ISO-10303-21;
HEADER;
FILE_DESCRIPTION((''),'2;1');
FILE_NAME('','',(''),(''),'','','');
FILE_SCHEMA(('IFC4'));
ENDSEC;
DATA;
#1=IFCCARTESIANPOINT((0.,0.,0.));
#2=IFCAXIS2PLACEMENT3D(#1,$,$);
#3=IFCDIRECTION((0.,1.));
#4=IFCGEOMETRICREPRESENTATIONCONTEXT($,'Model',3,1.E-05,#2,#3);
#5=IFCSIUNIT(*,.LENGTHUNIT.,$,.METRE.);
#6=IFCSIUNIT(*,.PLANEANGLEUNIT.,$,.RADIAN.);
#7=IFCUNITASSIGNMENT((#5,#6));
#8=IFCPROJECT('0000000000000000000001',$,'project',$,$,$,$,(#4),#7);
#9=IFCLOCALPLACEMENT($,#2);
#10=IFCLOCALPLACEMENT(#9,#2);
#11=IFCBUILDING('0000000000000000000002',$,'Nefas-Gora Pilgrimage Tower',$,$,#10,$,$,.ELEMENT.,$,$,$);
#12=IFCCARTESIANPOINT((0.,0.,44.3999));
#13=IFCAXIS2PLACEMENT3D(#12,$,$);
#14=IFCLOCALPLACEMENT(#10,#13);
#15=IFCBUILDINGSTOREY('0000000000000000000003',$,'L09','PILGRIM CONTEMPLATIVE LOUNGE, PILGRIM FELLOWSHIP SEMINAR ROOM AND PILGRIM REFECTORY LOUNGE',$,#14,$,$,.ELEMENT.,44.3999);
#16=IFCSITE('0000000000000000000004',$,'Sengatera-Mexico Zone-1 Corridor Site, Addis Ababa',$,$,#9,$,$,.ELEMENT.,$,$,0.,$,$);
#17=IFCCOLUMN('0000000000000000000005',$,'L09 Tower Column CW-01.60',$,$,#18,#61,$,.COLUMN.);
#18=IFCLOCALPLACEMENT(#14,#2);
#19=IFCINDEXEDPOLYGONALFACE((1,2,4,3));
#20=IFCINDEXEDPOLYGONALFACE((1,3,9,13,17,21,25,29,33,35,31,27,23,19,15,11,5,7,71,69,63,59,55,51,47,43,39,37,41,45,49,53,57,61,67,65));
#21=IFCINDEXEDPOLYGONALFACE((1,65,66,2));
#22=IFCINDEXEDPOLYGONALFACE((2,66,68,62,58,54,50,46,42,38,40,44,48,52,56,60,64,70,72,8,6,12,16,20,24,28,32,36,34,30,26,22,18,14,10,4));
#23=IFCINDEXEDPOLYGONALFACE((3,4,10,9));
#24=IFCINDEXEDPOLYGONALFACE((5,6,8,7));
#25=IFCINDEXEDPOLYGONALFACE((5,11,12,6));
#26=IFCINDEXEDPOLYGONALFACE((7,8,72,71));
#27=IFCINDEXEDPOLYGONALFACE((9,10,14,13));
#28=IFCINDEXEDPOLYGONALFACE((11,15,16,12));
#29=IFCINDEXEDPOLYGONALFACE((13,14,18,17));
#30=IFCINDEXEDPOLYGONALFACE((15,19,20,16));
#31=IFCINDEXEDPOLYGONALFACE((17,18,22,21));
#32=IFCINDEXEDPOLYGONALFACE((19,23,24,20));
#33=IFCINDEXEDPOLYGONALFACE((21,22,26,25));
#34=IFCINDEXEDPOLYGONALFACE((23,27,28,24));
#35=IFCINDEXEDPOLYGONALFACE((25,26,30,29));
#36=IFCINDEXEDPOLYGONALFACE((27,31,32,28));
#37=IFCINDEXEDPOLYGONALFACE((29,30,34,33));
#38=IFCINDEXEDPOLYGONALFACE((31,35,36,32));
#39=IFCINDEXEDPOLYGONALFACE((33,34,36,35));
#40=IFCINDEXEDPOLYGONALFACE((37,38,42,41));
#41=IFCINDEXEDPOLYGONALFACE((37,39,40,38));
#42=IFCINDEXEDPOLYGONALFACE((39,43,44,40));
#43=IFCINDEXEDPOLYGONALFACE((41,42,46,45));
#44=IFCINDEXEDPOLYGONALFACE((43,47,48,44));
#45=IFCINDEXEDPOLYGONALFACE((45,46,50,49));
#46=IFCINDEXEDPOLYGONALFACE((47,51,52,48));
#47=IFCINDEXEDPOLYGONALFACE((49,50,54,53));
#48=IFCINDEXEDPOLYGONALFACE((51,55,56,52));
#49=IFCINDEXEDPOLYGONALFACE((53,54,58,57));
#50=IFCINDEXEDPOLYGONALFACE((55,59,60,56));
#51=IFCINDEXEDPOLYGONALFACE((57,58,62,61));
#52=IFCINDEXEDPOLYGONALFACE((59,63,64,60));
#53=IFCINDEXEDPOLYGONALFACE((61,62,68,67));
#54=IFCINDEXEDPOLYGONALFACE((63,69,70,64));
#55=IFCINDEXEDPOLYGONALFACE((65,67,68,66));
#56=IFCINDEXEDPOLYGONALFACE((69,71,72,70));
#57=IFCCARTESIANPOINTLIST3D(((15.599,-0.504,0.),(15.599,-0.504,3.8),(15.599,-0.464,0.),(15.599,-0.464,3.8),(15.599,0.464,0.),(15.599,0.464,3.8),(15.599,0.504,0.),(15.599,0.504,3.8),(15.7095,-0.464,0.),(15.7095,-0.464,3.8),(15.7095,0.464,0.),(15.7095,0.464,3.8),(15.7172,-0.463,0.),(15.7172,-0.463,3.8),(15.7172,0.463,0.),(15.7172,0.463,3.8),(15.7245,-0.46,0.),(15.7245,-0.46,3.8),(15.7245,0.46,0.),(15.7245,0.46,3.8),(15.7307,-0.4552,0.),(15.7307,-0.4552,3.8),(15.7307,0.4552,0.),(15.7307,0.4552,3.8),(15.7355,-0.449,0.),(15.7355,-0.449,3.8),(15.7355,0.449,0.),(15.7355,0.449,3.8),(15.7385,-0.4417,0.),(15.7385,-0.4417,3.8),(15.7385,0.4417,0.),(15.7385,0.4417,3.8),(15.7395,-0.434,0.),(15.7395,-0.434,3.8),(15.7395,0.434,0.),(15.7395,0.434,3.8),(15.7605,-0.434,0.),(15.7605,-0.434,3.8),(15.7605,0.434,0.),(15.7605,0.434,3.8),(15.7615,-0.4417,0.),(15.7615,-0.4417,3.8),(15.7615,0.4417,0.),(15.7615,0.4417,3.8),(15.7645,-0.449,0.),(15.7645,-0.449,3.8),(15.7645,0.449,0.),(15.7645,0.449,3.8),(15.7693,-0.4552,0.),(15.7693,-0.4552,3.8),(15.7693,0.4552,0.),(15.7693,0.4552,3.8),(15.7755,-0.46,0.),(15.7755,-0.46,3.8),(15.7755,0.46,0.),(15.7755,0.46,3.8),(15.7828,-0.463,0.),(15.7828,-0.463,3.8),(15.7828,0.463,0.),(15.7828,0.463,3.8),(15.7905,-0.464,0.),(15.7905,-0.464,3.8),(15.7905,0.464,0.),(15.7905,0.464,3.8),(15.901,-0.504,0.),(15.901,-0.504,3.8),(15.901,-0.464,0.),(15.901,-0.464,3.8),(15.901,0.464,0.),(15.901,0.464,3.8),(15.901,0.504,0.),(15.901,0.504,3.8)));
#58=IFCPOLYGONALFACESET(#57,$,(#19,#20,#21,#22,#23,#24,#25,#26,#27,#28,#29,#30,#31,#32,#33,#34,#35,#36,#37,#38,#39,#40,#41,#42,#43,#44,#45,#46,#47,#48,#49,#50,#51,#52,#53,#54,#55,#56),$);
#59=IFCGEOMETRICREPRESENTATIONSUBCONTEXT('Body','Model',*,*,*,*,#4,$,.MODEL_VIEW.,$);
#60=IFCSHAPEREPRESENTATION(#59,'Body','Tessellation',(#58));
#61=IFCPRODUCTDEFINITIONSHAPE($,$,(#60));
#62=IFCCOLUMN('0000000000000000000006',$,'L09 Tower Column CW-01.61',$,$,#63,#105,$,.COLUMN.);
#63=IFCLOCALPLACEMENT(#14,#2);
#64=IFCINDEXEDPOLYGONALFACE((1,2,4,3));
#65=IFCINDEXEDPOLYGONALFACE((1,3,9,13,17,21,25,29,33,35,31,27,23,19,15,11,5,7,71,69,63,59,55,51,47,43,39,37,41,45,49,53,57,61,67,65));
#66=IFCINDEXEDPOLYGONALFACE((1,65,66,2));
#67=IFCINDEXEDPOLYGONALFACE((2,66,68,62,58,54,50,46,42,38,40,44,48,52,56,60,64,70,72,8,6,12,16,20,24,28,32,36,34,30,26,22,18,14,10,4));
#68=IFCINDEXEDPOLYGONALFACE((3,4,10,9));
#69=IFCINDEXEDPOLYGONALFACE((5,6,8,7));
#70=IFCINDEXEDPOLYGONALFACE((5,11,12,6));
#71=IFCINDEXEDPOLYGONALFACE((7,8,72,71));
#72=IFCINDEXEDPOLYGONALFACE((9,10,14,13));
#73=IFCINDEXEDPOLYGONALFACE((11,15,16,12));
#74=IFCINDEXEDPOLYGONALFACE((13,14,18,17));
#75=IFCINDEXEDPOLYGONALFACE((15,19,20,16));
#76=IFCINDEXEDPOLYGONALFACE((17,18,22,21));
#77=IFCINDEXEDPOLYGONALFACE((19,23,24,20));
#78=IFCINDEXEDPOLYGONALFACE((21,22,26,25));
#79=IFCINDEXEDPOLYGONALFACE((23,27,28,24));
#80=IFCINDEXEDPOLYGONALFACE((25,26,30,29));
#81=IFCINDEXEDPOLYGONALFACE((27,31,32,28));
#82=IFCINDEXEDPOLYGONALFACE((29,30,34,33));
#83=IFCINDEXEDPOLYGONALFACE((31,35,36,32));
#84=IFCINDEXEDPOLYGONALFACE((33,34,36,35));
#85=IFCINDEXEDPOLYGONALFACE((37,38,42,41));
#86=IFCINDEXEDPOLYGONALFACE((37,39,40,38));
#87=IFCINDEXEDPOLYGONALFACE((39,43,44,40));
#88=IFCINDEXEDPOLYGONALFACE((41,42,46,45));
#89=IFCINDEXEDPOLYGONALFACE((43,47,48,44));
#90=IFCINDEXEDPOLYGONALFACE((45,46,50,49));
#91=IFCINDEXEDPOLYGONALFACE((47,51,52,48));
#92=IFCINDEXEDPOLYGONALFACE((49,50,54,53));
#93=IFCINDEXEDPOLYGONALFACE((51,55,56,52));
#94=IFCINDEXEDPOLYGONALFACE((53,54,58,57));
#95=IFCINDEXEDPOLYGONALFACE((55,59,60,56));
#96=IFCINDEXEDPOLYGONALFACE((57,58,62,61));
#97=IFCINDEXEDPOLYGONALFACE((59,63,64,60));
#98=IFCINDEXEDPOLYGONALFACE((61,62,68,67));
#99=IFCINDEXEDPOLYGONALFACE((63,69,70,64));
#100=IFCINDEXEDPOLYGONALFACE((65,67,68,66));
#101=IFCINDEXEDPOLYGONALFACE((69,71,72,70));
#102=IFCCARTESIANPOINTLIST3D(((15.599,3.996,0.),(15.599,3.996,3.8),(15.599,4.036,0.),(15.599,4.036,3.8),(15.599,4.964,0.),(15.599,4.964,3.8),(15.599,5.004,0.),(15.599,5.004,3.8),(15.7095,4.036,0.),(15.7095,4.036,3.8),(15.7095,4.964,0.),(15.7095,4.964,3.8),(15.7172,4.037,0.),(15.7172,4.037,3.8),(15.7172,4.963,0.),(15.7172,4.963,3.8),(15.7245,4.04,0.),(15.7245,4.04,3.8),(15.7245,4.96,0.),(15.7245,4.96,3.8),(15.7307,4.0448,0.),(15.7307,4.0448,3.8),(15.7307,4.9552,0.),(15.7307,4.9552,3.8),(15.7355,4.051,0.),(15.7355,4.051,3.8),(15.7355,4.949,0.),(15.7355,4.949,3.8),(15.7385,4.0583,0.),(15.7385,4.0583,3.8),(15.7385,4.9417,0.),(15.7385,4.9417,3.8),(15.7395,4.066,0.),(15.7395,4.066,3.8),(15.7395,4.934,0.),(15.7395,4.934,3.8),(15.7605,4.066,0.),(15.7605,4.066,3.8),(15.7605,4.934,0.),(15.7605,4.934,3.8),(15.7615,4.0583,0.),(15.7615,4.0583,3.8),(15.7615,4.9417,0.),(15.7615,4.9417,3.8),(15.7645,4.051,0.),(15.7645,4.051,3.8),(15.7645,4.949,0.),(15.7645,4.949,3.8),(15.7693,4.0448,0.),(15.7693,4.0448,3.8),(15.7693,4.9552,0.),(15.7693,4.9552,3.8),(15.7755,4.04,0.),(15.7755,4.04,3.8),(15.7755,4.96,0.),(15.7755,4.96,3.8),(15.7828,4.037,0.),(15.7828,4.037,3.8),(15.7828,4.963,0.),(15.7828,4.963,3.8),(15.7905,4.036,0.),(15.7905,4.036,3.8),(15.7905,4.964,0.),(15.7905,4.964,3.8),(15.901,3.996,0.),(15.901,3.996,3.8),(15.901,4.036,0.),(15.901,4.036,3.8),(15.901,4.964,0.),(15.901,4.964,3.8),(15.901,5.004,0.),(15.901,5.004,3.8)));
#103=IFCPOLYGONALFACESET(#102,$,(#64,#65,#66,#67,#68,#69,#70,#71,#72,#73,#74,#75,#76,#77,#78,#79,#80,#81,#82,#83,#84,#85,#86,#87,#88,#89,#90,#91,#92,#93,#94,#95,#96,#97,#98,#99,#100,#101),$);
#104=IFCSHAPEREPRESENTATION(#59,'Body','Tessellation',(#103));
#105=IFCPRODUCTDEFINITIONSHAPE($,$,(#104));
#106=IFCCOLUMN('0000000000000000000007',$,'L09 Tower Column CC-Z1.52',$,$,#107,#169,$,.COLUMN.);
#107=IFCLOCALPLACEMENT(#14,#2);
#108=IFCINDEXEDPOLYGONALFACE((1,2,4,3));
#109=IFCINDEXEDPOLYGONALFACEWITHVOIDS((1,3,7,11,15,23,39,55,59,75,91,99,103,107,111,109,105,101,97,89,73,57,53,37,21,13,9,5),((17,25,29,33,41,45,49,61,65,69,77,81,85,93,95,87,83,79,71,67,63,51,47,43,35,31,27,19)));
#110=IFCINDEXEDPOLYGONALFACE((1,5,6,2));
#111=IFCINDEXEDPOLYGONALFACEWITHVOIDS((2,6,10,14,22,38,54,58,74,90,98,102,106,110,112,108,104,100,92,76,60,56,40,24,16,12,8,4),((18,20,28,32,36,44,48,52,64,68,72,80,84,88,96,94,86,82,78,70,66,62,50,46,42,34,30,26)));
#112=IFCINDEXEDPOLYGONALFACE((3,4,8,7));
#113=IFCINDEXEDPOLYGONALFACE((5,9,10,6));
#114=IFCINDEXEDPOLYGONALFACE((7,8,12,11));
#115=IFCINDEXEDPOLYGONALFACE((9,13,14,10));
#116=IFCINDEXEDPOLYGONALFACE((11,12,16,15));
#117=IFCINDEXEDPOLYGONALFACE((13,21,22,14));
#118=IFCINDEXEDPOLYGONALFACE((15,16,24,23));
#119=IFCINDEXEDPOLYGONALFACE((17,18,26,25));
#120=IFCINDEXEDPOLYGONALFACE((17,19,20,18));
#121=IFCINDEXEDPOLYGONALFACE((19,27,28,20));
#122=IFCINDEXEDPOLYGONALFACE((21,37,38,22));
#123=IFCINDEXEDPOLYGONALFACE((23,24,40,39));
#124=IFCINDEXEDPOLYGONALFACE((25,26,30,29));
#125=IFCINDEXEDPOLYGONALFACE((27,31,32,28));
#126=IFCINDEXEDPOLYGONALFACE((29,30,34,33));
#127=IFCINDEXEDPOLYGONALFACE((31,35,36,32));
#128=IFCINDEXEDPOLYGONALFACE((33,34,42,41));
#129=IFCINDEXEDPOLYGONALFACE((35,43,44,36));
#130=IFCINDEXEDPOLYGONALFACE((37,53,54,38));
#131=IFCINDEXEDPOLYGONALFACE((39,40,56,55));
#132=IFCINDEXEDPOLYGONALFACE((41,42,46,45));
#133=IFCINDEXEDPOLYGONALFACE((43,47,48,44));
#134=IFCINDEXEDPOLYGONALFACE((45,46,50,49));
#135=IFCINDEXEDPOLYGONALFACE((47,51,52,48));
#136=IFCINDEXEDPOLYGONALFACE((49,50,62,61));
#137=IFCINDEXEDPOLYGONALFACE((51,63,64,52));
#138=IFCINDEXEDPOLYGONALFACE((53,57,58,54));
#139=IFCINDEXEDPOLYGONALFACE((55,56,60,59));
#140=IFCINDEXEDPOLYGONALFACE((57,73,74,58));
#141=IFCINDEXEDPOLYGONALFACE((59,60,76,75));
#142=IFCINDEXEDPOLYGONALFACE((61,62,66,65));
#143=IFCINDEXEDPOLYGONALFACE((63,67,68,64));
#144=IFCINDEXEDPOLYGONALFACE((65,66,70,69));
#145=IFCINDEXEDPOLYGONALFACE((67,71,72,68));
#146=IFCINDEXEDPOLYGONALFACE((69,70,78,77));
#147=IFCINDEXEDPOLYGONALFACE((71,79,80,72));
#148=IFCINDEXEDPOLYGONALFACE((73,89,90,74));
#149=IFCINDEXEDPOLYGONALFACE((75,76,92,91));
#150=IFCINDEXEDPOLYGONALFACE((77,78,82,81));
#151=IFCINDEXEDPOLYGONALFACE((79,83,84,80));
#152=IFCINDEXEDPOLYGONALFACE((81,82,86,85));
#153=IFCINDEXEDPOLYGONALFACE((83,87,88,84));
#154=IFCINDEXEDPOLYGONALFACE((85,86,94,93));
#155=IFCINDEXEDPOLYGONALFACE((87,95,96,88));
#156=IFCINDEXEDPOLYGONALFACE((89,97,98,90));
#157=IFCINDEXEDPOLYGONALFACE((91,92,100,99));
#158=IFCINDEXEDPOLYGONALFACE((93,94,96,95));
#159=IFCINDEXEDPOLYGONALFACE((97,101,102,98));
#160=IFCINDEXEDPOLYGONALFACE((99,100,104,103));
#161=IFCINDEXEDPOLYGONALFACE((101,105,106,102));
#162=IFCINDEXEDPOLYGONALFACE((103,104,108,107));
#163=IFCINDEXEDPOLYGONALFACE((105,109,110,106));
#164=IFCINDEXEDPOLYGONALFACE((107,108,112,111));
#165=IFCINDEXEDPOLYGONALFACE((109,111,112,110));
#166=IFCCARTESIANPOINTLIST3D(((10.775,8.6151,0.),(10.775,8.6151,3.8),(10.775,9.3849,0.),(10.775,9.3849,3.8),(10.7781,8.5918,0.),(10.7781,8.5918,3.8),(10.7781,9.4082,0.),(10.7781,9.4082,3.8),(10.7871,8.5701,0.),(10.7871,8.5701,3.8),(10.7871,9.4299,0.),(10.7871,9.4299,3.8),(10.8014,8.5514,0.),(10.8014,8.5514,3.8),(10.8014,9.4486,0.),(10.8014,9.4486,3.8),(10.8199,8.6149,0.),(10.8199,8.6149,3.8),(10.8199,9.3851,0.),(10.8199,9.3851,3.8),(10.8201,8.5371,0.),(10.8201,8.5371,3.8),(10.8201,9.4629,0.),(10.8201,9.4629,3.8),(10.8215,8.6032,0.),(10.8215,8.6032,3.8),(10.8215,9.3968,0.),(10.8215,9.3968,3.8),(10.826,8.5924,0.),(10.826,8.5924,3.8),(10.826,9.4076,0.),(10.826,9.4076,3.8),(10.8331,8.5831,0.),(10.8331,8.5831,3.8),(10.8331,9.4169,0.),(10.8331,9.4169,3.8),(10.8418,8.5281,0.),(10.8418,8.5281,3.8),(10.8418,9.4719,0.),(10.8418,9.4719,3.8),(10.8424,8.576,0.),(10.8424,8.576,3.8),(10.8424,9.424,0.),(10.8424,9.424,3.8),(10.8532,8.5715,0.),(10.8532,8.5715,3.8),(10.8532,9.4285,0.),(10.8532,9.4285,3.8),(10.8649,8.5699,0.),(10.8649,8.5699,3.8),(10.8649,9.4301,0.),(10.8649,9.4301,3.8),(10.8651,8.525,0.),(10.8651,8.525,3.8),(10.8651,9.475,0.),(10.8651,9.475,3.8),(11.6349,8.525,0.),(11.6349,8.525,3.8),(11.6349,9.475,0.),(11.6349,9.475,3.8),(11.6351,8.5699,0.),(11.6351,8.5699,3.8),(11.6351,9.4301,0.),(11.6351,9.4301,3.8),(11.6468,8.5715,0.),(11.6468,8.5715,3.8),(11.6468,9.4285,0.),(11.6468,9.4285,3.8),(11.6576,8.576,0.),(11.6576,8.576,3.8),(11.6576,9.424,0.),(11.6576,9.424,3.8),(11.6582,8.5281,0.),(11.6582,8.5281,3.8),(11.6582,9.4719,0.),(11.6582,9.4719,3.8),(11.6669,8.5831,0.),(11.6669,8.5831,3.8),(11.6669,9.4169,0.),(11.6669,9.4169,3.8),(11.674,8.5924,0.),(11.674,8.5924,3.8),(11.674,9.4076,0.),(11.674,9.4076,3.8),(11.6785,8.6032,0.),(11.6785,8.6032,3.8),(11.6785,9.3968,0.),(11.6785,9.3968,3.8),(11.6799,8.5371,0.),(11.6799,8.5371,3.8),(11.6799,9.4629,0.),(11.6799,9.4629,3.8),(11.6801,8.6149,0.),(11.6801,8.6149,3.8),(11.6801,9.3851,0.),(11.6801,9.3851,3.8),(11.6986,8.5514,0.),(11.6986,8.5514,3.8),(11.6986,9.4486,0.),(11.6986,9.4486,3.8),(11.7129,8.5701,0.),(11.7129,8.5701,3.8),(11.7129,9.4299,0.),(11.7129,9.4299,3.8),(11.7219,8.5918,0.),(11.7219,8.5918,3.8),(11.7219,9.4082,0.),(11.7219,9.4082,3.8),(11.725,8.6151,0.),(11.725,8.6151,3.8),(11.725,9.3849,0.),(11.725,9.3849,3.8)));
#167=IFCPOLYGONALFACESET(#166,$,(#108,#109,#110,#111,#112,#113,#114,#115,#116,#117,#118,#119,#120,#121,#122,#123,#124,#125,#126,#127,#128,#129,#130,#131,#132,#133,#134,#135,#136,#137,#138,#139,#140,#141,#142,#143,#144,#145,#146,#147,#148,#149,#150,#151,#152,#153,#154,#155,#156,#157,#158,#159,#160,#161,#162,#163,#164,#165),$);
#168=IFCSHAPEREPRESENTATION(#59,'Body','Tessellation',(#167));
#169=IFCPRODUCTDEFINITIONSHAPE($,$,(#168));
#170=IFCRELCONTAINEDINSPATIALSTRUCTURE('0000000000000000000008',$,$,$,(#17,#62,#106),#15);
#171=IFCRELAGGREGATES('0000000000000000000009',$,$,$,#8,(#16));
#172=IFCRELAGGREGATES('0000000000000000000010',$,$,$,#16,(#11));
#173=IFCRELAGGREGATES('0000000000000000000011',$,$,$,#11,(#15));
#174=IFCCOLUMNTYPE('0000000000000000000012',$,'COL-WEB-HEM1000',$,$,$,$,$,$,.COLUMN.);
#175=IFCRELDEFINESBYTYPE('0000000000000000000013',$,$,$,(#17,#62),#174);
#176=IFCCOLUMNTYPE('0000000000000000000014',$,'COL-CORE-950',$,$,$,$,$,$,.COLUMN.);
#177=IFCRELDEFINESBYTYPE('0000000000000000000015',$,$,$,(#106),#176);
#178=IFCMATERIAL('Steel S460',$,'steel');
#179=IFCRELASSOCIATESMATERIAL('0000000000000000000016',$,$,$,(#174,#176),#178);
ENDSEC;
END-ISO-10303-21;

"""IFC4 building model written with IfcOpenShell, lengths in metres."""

from ifc_helpers import new_model, si_unit, direction, frame, origin, origin_2d, place, context, subcontext, project, spatial, hollow_rectangle, i_section, extrude, source, transform, mapped, material, material_profile, profile_set, type_object, element, save


model = new_model("IFC4")

# Units and contexts
model_context = context("Model", 3, precision=1e-05, world=origin(), true_north=direction((0.0, 1.0)))
body_context = subcontext(model_context, "Body", "Model", "MODEL_VIEW")
ifc_project = project(units=[si_unit("LENGTHUNIT", "METRE"), si_unit("PLANEANGLEUNIT", "RADIAN")], contexts=[model_context])

# Site, building, storey
site_placement = place(None, origin())
site = spatial("IfcSite", under=ifc_project, at=site_placement, Name="Sengatera-Mexico Zone-1 Corridor Site, Addis Ababa", CompositionType="ELEMENT", RefElevation=0.0)
building_placement = place(site_placement, origin())
building = spatial("IfcBuilding", under=site, at=building_placement, Name="Nefas-Gora Pilgrimage Tower", CompositionType="ELEMENT")
storey_placement = place(building_placement, frame((0.0, 0.0, 44.3999)))
storey = spatial("IfcBuildingStorey", under=building, at=storey_placement, Name="L09", Description="PILGRIM CONTEMPLATIVE LOUNGE, PILGRIM FELLOWSHIP SEMINAR ROOM AND PILGRIM REFECTORY LOUNGE", CompositionType="ELEMENT", Elevation=44.3999)

# Columns
ifc_material_1 = material(Name="Steel S460", Category="steel")
ifc_material_profile_1 = material_profile(ifc_material_1, i_section(OverallWidth=0.302, OverallDepth=1.0081, WebThickness=0.021, FlangeThickness=0.04, FilletRadius=0.03, at=origin_2d()), Name="HEM 1000")
ifc_profile_set_1 = profile_set([ifc_material_profile_1], Name="Steel S460")
column_type_1 = type_object("IfcColumnType", Name="COL-WEB-HEM1000", PredefinedType="COLUMN", material=ifc_profile_set_1)
shared_shape_1 = source(origin(), body_context, "Body", "SweptSolid", [
    extrude(i_section(OverallWidth=0.302, OverallDepth=1.0081, WebThickness=0.021, FlangeThickness=0.04, FilletRadius=0.03, at=origin_2d()), origin(), (0.0, 0.0, 1.0), 3.8),
])
for number, where, z_axis, x_axis, name in (
    (1, (15.75, 0.0, 0.0), (0.0, 0.0, 1.0), (1.0, 0.0, 0.0), "L09 Tower Column CW-01.60"),
    (2, (15.75, 4.5, 0.0), (0.0, 0.0, 1.0), (1.0, 0.0, 0.0), "L09 Tower Column CW-01.61"),
):
    element("IfcColumn", number, at=place(storey_placement, frame(where, z_axis=z_axis, x_axis=x_axis)), inside=storey, type_object=column_type_1, Name=name, PredefinedType="COLUMN", context=body_context, shape_type="MappedRepresentation", body=[
        mapped(shared_shape_1, transform((0.0, 0.0, 0.0), x_axis=(1.0, 0.0, 0.0), y_axis=(0.0, 1.0, 0.0), z_axis=(0.0, 0.0, 1.0), scale=1.0)),
    ])
ifc_material_profile_2 = material_profile(ifc_material_1, hollow_rectangle(XDim=0.95, YDim=0.95, WallThickness=0.0449, InnerFilletRadius=0.0449, OuterFilletRadius=0.0901, at=origin_2d()), Name="BOX 950x950x45")
ifc_profile_set_2 = profile_set([ifc_material_profile_2], Name="Steel S460")
column_type_2 = type_object("IfcColumnType", Name="COL-CORE-950", PredefinedType="COLUMN", material=ifc_profile_set_2)
shared_shape_2 = source(origin(), body_context, "Body", "SweptSolid", [
    extrude(hollow_rectangle(XDim=0.95, YDim=0.95, WallThickness=0.0449, InnerFilletRadius=0.0449, OuterFilletRadius=0.0901, at=origin_2d()), origin(), (0.0, 0.0, 1.0), 3.8),
])
column_placement = place(storey_placement, frame((11.25, 9.0, 0.0), z_axis=(0.0, 0.0, 1.0), x_axis=(1.0, 0.0, 0.0)))
element("IfcColumn", 3, at=column_placement, inside=storey, type_object=column_type_2, Name="L09 Tower Column CC-Z1.52", PredefinedType="COLUMN", context=body_context, shape_type="MappedRepresentation", body=[
    mapped(shared_shape_2, transform((0.0, 0.0, 0.0), x_axis=(1.0, 0.0, 0.0), y_axis=(0.0, 1.0, 0.0), z_axis=(0.0, 0.0, 1.0), scale=1.0)),
])

save(model, "model.ifc")
